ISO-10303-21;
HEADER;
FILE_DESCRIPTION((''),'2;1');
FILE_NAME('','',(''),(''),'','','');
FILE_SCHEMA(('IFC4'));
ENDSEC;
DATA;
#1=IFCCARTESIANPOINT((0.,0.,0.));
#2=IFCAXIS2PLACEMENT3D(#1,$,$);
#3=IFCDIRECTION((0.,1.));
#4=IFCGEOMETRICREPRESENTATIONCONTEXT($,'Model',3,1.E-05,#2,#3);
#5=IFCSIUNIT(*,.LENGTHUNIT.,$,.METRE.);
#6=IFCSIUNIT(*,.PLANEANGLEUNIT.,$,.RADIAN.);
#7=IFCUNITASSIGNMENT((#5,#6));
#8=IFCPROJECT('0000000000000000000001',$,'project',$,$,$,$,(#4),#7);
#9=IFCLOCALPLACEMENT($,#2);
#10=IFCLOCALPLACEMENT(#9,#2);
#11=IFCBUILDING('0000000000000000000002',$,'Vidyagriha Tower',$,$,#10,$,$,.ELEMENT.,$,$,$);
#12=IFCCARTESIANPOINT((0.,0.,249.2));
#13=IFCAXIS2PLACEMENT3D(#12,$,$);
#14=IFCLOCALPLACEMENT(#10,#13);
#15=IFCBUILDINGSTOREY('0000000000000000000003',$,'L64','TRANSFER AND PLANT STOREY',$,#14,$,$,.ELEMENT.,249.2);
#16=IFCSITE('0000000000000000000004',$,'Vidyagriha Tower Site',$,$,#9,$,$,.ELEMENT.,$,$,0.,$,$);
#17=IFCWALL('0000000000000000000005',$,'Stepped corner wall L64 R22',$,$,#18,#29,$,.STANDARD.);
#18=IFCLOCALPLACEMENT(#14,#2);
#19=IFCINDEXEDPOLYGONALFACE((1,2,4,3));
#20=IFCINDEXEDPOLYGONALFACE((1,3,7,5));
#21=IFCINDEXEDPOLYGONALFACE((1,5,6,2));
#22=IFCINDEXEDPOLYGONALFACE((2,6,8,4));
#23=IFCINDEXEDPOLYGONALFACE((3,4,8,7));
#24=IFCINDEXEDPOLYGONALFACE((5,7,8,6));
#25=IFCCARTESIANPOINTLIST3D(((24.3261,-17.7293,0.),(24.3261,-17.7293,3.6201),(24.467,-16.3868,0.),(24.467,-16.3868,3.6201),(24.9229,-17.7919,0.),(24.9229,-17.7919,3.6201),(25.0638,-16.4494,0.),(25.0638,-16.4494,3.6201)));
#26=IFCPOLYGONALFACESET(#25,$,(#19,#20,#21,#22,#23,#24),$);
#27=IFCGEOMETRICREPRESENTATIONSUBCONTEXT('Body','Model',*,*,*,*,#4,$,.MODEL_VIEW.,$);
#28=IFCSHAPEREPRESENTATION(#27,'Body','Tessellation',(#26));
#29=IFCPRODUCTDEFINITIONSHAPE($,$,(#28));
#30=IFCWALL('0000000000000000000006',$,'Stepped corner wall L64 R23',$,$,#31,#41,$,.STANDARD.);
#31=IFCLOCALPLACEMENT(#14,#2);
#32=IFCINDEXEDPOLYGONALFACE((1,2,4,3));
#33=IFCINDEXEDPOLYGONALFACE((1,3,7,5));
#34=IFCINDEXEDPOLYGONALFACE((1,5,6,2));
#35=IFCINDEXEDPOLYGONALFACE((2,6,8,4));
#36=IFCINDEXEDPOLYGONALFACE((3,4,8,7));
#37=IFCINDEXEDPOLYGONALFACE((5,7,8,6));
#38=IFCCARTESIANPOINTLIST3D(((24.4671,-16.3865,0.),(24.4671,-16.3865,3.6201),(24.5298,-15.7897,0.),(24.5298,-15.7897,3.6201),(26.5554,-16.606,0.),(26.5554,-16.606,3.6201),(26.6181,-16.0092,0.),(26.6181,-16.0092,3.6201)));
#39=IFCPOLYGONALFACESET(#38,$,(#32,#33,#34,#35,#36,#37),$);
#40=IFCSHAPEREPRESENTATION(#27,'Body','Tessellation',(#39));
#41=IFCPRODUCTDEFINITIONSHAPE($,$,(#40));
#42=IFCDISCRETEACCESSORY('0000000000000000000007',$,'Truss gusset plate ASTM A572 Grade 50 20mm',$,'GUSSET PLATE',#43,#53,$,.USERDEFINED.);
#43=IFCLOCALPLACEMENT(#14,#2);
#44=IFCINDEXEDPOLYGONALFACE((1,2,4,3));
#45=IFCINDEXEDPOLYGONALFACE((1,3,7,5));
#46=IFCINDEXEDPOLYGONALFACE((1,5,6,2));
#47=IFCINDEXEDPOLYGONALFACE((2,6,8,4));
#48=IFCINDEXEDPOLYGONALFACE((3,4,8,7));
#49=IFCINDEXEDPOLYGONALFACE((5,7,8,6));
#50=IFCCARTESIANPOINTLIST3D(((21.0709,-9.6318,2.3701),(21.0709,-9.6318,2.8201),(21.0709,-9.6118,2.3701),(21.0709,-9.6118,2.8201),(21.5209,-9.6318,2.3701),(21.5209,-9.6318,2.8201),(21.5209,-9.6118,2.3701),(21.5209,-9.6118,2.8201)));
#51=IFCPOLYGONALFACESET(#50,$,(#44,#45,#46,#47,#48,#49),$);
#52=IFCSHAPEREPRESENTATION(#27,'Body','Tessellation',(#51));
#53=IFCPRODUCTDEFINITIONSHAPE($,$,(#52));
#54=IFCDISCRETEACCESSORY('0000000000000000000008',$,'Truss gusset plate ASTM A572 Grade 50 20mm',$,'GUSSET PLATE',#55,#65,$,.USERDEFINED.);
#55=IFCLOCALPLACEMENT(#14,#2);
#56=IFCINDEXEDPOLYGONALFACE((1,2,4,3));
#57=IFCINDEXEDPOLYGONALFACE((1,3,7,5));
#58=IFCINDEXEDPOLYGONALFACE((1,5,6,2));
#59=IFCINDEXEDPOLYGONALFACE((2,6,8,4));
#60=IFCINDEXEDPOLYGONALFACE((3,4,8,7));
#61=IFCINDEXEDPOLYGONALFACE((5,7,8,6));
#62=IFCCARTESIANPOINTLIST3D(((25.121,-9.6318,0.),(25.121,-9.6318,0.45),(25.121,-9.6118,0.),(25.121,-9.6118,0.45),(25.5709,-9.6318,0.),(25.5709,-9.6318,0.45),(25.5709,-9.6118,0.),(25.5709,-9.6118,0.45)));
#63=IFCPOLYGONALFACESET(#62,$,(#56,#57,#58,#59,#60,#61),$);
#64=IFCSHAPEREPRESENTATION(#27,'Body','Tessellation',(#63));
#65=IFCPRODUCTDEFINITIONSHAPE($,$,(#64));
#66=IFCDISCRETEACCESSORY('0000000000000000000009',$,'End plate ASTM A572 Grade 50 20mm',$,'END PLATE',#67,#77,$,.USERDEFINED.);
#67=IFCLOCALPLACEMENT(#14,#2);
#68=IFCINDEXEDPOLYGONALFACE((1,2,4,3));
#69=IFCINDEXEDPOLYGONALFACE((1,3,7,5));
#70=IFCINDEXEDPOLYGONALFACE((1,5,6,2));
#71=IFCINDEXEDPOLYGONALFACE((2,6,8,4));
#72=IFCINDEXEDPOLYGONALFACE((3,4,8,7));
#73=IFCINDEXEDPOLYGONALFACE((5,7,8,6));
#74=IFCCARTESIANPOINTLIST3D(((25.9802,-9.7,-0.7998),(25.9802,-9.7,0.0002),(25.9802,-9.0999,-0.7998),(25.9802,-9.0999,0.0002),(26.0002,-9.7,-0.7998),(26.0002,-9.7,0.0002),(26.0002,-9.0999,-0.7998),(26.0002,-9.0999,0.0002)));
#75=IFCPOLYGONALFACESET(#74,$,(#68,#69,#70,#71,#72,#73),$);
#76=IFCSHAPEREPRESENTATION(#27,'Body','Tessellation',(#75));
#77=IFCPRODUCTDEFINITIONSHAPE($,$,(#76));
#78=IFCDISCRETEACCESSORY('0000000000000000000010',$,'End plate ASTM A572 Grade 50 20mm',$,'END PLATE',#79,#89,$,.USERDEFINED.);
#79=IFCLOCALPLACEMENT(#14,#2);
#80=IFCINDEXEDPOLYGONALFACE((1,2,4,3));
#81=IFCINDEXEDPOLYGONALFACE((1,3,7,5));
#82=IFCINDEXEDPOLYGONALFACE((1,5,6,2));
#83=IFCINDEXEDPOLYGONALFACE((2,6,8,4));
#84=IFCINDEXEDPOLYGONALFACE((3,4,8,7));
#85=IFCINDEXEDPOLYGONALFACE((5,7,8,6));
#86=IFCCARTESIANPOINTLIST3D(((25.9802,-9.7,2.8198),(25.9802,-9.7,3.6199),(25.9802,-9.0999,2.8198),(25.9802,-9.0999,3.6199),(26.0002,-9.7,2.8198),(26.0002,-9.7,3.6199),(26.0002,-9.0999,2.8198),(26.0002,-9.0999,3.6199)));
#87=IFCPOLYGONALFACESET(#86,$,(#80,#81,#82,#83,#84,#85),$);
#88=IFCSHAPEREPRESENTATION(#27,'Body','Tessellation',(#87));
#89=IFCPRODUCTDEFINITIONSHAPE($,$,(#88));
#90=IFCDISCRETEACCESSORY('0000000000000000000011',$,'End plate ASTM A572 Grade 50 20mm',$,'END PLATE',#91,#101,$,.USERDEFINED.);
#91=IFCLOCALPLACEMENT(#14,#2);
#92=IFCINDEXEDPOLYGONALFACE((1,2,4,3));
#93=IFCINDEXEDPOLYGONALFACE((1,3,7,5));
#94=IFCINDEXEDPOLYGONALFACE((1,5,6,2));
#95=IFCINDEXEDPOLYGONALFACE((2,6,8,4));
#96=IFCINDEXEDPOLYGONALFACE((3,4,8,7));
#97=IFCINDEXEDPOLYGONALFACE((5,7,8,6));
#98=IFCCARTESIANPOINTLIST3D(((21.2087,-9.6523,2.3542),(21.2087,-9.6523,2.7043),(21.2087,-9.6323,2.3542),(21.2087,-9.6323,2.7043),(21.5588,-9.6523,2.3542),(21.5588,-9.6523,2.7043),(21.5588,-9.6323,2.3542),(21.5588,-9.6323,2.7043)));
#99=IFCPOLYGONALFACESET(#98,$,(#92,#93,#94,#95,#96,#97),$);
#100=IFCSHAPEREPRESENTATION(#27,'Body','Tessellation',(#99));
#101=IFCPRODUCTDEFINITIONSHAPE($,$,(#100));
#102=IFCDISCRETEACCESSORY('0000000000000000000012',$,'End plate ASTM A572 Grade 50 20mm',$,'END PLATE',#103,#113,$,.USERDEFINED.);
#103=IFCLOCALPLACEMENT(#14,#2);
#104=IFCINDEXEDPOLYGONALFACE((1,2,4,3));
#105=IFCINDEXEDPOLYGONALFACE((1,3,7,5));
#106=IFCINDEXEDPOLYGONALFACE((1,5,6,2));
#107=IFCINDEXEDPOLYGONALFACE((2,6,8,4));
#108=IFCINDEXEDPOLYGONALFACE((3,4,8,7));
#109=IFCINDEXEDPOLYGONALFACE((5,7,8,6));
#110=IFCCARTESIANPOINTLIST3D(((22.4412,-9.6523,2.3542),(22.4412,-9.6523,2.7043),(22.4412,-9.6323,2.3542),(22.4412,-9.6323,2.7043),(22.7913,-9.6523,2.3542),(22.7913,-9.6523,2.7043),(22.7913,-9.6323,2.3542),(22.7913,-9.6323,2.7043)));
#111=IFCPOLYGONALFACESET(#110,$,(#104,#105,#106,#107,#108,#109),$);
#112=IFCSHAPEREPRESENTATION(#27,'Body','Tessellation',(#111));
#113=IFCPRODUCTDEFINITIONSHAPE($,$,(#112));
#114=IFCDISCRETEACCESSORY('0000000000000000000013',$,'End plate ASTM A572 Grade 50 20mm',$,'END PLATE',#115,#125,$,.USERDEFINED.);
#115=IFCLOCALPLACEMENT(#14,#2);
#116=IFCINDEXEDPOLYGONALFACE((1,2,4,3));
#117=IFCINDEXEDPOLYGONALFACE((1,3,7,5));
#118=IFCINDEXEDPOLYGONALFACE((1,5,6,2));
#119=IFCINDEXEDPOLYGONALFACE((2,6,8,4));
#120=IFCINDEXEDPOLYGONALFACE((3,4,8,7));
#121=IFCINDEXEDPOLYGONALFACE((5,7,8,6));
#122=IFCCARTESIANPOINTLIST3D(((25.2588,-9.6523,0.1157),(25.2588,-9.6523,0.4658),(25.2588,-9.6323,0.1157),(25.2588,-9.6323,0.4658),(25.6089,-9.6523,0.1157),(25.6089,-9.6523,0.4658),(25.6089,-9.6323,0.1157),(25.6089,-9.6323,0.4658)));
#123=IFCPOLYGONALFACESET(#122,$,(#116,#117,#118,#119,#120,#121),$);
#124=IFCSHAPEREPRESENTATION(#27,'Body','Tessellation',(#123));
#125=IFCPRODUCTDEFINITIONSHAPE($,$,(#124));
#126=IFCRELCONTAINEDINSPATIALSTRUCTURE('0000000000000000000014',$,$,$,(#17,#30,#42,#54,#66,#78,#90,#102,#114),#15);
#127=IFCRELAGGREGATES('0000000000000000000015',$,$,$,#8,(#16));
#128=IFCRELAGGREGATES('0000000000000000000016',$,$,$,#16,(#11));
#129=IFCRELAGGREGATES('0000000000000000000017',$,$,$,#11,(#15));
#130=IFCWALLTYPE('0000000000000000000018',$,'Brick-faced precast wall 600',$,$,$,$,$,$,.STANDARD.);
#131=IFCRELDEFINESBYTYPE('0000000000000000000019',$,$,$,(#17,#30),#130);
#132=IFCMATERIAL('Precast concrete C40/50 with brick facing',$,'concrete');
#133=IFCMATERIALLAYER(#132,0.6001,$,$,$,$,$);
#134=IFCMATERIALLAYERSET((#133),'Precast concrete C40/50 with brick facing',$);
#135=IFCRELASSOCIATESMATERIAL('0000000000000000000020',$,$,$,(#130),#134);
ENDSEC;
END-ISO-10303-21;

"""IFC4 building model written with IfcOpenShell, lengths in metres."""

from ifc_helpers import new_model, si_unit, direction, frame, frame_2d, origin, origin_2d, place, context, subcontext, project, spatial, rectangle, extrude, material, layer, layer_set, type_object, element, save


model = new_model("IFC4")

# Units and contexts
model_context = context("Model", 3, precision=1e-05, world=origin(), true_north=direction((0.0, 1.0)))
body_context = subcontext(model_context, "Body", "Model", "MODEL_VIEW")
ifc_project = project(units=[si_unit("LENGTHUNIT", "METRE"), si_unit("PLANEANGLEUNIT", "RADIAN")], contexts=[model_context])

# Site, building, storey
site_placement = place(None, origin())
site = spatial("IfcSite", under=ifc_project, at=site_placement, Name="Vidyagriha Tower Site", CompositionType="ELEMENT", RefElevation=0.0)
building_placement = place(site_placement, origin())
building = spatial("IfcBuilding", under=site, at=building_placement, Name="Vidyagriha Tower", CompositionType="ELEMENT")
storey_placement = place(building_placement, frame((0.0, 0.0, 249.2)))
storey = spatial("IfcBuildingStorey", under=building, at=storey_placement, Name="L64", Description="TRANSFER AND PLANT STOREY", CompositionType="ELEMENT", Elevation=249.2)

# Walls
ifc_material_1 = material(Name="Precast concrete C40/50 with brick facing", Category="concrete")
ifc_layer_1 = layer(ifc_material_1, 0.6001)
ifc_layer_set_1 = layer_set([ifc_layer_1], Name="Precast concrete C40/50 with brick facing")
wall_type = type_object("IfcWallType", Name="Brick-faced precast wall 600", PredefinedType="STANDARD", material=ifc_layer_set_1)
wall_1_placement = place(storey_placement, frame((24.6245, -17.7605, 0.0), z_axis=(0.0, 0.0, 1.0), x_axis=(0.104355, 0.99454, 0.0)))
element("IfcWall", 1, at=wall_1_placement, inside=storey, type_object=wall_type, Name="Stepped corner wall L64 R22", PredefinedType="STANDARD", context=body_context, shape_type="SweptSolid", body=[
    extrude(rectangle(XDim=1.3499, YDim=0.6001, at=frame_2d((0.6748, 0.0))), origin(), (0.0, 0.0, 1.0), 3.6201),
])
wall_2_placement = place(storey_placement, frame((24.4985, -16.0881, 0.0), z_axis=(0.0, 0.0, 1.0), x_axis=(0.994523, -0.104521, 0.0)))
element("IfcWall", 2, at=wall_2_placement, inside=storey, type_object=wall_type, Name="Stepped corner wall L64 R23", PredefinedType="STANDARD", context=body_context, shape_type="SweptSolid", body=[
    extrude(rectangle(XDim=2.0999, YDim=0.6001, at=frame_2d((1.0498, 0.0))), origin(), (0.0, 0.0, 1.0), 3.6201),
])

# Discrete accessories
for number, where, name in (
    (3, (21.2959, -9.6218, 2.3701), "Truss gusset plate ASTM A572 Grade 50 20mm"),
    (4, (25.3459, -9.6218, 0.0), "Truss gusset plate ASTM A572 Grade 50 20mm"),
):
    element("IfcDiscreteAccessory", number, at=place(storey_placement, frame(where)), inside=storey, Name=name, ObjectType="GUSSET PLATE", PredefinedType="USERDEFINED", context=body_context, shape_type="SweptSolid", body=[
        extrude(rectangle(XDim=0.45, YDim=0.02, at=origin_2d()), origin(), (0.0, 0.0, 1.0), 0.45),
    ])
for number, where, name in (
    (5, (25.9902, -9.3999, -0.7998), "End plate ASTM A572 Grade 50 20mm"),
    (6, (25.9902, -9.3999, 2.8198), "End plate ASTM A572 Grade 50 20mm"),
):
    element("IfcDiscreteAccessory", number, at=place(storey_placement, frame(where)), inside=storey, Name=name, ObjectType="END PLATE", PredefinedType="USERDEFINED", context=body_context, shape_type="SweptSolid", body=[
        extrude(rectangle(XDim=0.02, YDim=0.6001, at=origin_2d()), origin(), (0.0, 0.0, 1.0), 0.8),
    ])
discrete_accessory_1_placement = place(storey_placement, frame((21.3838, -9.6423, 2.3542)))
element("IfcDiscreteAccessory", 7, at=discrete_accessory_1_placement, inside=storey, Name="End plate ASTM A572 Grade 50 20mm", ObjectType="END PLATE", PredefinedType="USERDEFINED", context=body_context, shape_type="SweptSolid", body=[
    extrude(rectangle(XDim=0.3501, YDim=0.02, at=origin_2d()), origin(), (0.0, 0.0, 1.0), 0.3501),
])
discrete_accessory_2_placement = place(storey_placement, frame((22.6162, -9.6423, 2.3542), z_axis=(0.0, 0.0, 1.0), x_axis=(-1.0, 0.0, 0.0)))
element("IfcDiscreteAccessory", 8, at=discrete_accessory_2_placement, inside=storey, Name="End plate ASTM A572 Grade 50 20mm", ObjectType="END PLATE", PredefinedType="USERDEFINED", context=body_context, shape_type="SweptSolid", body=[
    extrude(rectangle(XDim=0.3501, YDim=0.02, at=origin_2d()), origin(), (0.0, 0.0, 1.0), 0.3501),
])
discrete_accessory_3_placement = place(storey_placement, frame((25.4338, -9.6423, 0.1157)))
element("IfcDiscreteAccessory", 9, at=discrete_accessory_3_placement, inside=storey, Name="End plate ASTM A572 Grade 50 20mm", ObjectType="END PLATE", PredefinedType="USERDEFINED", context=body_context, shape_type="SweptSolid", body=[
    extrude(rectangle(XDim=0.3501, YDim=0.02, at=origin_2d()), origin(), (0.0, 0.0, 1.0), 0.3501),
])

save(model, "model.ifc")
